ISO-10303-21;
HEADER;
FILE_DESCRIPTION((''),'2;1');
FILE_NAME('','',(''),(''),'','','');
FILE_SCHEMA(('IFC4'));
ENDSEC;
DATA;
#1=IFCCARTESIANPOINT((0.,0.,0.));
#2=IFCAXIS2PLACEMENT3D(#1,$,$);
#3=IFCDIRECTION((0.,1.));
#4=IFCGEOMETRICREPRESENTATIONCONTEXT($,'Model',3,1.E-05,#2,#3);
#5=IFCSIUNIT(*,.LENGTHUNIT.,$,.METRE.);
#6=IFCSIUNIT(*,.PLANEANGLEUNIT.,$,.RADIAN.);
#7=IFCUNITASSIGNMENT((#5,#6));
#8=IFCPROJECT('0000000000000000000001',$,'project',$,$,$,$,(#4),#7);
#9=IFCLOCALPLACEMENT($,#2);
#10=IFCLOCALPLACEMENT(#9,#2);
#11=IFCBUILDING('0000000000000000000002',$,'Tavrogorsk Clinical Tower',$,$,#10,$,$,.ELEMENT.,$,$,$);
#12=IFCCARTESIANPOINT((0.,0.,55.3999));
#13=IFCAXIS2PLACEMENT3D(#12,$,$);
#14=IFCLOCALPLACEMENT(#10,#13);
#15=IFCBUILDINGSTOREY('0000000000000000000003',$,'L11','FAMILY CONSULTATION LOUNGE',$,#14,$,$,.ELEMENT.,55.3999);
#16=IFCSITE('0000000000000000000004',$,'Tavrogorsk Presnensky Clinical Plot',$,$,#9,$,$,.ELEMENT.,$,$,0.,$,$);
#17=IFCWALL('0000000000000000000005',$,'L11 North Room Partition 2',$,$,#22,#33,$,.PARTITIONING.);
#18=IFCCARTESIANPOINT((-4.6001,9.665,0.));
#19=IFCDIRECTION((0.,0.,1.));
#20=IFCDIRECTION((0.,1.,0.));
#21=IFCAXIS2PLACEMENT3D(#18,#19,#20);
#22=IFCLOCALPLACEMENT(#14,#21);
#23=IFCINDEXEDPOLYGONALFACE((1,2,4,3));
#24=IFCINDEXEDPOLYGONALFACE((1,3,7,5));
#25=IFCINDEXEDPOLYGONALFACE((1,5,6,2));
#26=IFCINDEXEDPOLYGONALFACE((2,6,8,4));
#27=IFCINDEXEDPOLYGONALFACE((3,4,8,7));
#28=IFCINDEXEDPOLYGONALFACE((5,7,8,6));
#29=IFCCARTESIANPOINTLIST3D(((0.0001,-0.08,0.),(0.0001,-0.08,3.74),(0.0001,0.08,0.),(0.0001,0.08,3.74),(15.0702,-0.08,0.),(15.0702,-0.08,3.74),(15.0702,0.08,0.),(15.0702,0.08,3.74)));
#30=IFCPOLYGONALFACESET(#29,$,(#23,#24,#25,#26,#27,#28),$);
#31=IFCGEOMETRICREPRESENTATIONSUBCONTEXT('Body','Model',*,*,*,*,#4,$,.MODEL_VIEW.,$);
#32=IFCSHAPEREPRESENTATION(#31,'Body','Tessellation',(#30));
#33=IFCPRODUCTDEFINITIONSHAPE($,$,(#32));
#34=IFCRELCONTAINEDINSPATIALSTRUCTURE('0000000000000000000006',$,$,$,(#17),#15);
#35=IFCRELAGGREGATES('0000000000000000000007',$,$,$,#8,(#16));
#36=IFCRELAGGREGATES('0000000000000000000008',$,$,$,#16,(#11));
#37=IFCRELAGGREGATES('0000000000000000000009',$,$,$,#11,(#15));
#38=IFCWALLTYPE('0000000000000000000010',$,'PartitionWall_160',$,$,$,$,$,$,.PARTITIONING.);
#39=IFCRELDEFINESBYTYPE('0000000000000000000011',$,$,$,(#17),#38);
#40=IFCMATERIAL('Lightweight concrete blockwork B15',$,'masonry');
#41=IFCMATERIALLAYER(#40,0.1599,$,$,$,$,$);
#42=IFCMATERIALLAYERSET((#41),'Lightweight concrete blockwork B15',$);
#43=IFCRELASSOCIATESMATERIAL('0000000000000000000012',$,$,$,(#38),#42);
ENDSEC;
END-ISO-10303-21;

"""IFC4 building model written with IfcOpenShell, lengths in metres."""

from ifc_helpers import new_model, si_unit, direction, frame, frame_2d, origin, place, context, subcontext, project, spatial, rectangle, extrude, material, layer, layer_set, type_object, element, save


model = new_model("IFC4")

# Units and contexts
model_context = context("Model", 3, precision=1e-05, world=origin(), true_north=direction((0.0, 1.0)))
body_context = subcontext(model_context, "Body", "Model", "MODEL_VIEW")
ifc_project = project(units=[si_unit("LENGTHUNIT", "METRE"), si_unit("PLANEANGLEUNIT", "RADIAN")], contexts=[model_context])

# Site, building, storey
site_placement = place(None, origin())
site = spatial("IfcSite", under=ifc_project, at=site_placement, Name="Tavrogorsk Presnensky Clinical Plot", CompositionType="ELEMENT", RefElevation=0.0)
building_placement = place(site_placement, origin())
building = spatial("IfcBuilding", under=site, at=building_placement, Name="Tavrogorsk Clinical Tower", CompositionType="ELEMENT")
storey_placement = place(building_placement, frame((0.0, 0.0, 55.3999)))
storey = spatial("IfcBuildingStorey", under=building, at=storey_placement, Name="L11", Description="FAMILY CONSULTATION LOUNGE", CompositionType="ELEMENT", Elevation=55.3999)

# Shared definitions
ifc_material_1 = material(Name="Lightweight concrete blockwork B15", Category="masonry")
ifc_layer_1 = layer(ifc_material_1, 0.1599)
ifc_layer_set_1 = layer_set([ifc_layer_1], Name="Lightweight concrete blockwork B15")
wall_type = type_object("IfcWallType", Name="PartitionWall_160", PredefinedType="PARTITIONING", material=ifc_layer_set_1)

# Wall
wall_1_placement = place(storey_placement, frame((-4.6001, 9.665, 0.0), z_axis=(0.0, 0.0, 1.0), x_axis=(0.0, 1.0, 0.0)))
element("IfcWall", 1, at=wall_1_placement, inside=storey, type_object=wall_type, Name="L11 North Room Partition 2", PredefinedType="PARTITIONING", context=body_context, shape_type="SweptSolid", body=[
    extrude(rectangle(XDim=15.0701, YDim=0.1599, at=frame_2d((7.5352, 0.0))), origin(), (0.0, 0.0, 1.0), 3.74),
])

save(model, "model.ifc")
